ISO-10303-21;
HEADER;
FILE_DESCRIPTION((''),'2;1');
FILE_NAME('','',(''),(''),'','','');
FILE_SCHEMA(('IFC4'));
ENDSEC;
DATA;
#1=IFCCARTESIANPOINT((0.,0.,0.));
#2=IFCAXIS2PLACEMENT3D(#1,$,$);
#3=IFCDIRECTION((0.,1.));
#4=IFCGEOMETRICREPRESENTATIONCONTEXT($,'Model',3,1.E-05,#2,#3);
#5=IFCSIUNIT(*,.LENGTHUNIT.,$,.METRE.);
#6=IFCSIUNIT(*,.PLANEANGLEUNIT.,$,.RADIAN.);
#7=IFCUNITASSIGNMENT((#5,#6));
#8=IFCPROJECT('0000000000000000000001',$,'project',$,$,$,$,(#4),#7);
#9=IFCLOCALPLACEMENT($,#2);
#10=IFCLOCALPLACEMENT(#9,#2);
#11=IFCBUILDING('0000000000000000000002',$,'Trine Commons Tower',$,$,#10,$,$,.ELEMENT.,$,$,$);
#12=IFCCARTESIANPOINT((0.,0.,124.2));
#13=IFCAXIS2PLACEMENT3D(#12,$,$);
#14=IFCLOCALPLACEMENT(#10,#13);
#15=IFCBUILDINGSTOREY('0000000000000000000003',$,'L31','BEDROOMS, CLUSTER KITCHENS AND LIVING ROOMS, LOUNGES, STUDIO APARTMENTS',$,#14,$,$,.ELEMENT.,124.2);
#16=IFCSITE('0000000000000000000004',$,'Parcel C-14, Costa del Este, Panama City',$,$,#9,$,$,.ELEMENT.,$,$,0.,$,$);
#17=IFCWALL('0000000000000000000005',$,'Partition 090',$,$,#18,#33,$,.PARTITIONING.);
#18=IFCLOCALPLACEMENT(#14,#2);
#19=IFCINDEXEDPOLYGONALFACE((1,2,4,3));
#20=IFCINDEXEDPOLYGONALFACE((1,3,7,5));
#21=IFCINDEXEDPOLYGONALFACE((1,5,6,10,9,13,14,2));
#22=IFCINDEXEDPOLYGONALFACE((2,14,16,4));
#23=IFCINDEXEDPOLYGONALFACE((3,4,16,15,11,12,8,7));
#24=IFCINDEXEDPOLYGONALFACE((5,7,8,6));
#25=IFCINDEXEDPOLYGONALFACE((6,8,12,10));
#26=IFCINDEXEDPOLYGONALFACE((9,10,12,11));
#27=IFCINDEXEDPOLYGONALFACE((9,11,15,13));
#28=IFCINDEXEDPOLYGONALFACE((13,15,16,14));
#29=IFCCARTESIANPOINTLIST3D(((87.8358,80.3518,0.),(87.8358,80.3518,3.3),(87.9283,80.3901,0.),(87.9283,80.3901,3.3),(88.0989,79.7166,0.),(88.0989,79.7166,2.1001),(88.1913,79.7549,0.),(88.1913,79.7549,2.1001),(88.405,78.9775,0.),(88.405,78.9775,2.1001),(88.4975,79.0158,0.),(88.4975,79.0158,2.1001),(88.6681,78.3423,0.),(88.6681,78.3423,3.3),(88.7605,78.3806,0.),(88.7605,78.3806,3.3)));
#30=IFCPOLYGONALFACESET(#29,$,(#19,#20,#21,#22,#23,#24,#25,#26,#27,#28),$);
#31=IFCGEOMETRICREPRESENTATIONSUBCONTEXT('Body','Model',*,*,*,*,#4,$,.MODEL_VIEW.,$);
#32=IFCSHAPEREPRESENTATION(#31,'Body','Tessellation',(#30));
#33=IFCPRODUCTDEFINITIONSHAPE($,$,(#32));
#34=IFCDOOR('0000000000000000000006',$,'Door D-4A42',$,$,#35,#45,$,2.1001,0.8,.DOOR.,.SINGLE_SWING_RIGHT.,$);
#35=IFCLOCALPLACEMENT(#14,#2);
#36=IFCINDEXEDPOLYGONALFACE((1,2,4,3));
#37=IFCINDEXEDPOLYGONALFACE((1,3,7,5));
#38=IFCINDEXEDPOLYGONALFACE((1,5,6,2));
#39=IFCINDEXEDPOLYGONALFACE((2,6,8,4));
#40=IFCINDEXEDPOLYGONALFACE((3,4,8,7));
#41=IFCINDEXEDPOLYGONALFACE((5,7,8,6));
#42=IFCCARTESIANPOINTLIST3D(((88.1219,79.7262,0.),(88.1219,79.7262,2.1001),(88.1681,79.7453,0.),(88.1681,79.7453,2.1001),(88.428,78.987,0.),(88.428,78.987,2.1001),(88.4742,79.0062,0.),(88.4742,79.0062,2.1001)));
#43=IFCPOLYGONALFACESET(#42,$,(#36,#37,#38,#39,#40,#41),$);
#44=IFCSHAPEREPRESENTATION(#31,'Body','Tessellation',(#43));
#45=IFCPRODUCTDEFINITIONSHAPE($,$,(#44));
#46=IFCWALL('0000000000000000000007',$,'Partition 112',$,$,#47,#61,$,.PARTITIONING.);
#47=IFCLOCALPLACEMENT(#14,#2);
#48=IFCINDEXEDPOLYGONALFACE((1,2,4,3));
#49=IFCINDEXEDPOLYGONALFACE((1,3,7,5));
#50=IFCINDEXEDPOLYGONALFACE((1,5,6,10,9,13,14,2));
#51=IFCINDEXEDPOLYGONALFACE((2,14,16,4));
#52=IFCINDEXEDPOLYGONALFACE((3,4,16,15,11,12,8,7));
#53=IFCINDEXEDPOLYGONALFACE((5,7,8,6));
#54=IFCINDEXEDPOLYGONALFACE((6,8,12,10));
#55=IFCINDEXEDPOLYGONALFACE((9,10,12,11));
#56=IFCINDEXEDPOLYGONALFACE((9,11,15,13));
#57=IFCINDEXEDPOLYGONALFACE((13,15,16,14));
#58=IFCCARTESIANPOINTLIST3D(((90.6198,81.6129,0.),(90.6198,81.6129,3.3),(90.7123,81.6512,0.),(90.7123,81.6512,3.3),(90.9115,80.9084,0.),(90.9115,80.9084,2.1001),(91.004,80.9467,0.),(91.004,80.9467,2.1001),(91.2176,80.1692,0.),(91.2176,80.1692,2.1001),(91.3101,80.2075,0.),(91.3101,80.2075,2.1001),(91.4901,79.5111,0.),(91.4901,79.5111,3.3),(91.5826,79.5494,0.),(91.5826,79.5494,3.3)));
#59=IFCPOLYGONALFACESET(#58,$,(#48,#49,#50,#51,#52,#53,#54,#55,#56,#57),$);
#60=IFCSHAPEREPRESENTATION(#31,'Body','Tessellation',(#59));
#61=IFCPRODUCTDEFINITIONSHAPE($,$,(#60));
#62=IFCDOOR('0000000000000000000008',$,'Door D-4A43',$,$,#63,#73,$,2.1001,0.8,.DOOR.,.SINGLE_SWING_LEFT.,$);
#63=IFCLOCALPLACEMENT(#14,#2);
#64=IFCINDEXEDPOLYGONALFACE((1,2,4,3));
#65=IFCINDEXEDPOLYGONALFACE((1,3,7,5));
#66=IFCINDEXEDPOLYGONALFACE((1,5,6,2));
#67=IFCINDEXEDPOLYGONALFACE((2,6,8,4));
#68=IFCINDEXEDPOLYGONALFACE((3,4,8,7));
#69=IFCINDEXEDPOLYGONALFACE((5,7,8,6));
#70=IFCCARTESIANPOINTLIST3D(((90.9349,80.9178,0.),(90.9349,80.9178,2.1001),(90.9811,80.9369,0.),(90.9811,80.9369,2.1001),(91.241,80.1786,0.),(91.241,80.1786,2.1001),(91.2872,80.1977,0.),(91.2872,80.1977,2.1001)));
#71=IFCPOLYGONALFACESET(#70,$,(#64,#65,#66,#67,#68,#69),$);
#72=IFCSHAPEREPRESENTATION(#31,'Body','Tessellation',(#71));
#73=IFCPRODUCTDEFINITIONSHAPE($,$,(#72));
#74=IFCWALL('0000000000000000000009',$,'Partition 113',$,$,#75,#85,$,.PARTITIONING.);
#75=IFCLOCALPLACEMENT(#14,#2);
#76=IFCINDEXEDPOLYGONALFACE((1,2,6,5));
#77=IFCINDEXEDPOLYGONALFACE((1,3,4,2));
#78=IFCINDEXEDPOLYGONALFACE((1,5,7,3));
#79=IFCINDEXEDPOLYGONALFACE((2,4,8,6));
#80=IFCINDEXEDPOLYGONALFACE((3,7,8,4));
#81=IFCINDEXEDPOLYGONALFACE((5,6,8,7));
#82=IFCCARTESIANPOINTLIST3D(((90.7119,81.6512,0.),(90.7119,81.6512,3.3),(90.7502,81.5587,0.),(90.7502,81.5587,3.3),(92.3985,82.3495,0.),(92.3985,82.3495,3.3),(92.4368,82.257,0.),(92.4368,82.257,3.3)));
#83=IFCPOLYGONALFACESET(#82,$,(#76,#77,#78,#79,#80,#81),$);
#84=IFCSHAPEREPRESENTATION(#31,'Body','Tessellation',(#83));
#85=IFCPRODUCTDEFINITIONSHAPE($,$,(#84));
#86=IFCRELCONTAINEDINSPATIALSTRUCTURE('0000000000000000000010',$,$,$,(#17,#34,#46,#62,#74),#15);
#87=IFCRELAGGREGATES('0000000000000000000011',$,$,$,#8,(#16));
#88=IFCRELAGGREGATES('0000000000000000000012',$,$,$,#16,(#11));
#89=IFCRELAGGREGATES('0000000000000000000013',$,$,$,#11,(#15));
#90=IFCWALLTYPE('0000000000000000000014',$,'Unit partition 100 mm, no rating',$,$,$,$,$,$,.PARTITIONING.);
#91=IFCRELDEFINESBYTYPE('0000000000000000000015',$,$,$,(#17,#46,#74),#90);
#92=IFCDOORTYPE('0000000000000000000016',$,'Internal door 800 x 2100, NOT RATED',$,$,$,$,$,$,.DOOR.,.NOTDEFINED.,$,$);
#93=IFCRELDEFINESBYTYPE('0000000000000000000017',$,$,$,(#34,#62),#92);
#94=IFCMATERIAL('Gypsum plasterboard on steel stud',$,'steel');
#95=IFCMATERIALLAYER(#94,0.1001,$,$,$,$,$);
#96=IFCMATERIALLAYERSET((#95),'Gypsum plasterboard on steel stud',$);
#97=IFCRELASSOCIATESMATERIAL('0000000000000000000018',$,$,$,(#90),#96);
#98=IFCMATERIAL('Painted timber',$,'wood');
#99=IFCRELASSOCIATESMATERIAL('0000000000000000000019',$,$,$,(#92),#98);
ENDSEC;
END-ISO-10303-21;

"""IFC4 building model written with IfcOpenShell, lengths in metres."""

from ifc_helpers import new_model, si_unit, direction, frame, frame_2d, origin, place, context, subcontext, project, spatial, rectangle, extrude, material, layer, layer_set, type_object, element, fill, save


model = new_model("IFC4")

# Units and contexts
model_context = context("Model", 3, precision=1e-05, world=origin(), true_north=direction((0.0, 1.0)))
body_context = subcontext(model_context, "Body", "Model", "MODEL_VIEW")
ifc_project = project(units=[si_unit("LENGTHUNIT", "METRE"), si_unit("PLANEANGLEUNIT", "RADIAN")], contexts=[model_context])

# Site, building, storey
site_placement = place(None, origin())
site = spatial("IfcSite", under=ifc_project, at=site_placement, Name="Parcel C-14, Costa del Este, Panama City", CompositionType="ELEMENT", RefElevation=0.0)
building_placement = place(site_placement, origin())
building = spatial("IfcBuilding", under=site, at=building_placement, Name="Trine Commons Tower", CompositionType="ELEMENT")
storey_placement = place(building_placement, frame((0.0, 0.0, 124.2)))
storey = spatial("IfcBuildingStorey", under=building, at=storey_placement, Name="L31", Description="BEDROOMS, CLUSTER KITCHENS AND LIVING ROOMS, LOUNGES, STUDIO APARTMENTS", CompositionType="ELEMENT", Elevation=124.2)

# Shared definitions
ifc_material_1 = material(Name="Gypsum plasterboard on steel stud", Category="steel")

# Shared definitions
ifc_layer_1 = layer(ifc_material_1, 0.1001)
ifc_layer_set_1 = layer_set([ifc_layer_1], Name="Gypsum plasterboard on steel stud")
wall_type_1 = type_object("IfcWallType", Name="Unit partition 100 mm, no rating", PredefinedType="PARTITIONING", material=ifc_layer_set_1)

# Walls, openings, doors
wall_1_placement = place(storey_placement, frame((87.8821, 80.3708, 0.0), z_axis=(0.0, 0.0, 1.0), x_axis=(0.382646, -0.923895, 0.0)))
wall_1 = element("IfcWall", 1, at=wall_1_placement, inside=storey, type_object=wall_type_1, Name="Partition 090", PredefinedType="PARTITIONING", context=body_context, shape_type="SweptSolid", body=[
    extrude(rectangle(XDim=2.175, YDim=0.1001, at=frame_2d((1.0874, 0.0))), origin(), (0.0, 0.0, 1.0), 3.3),
])
opening_1_placement = place(wall_1_placement, frame((0.6875, 0.0, 0.0)))
opening_1 = element("IfcOpeningElement", 2, at=opening_1_placement, cuts=wall_1, PredefinedType="OPENING", context=body_context, shape_type="SweptSolid", body=[
    extrude(rectangle(XDim=0.8, YDim=2.1001, at=frame_2d((0.3999, 1.05))), frame((0.0, 0.0601, 0.0), z_axis=(0.0, -1.0, 0.0), x_axis=(1.0, 0.0, 0.0)), (0.0, 0.0, 1.0), 0.1201),
])
ifc_material_2 = material(Name="Painted timber", Category="wood")
door_type_1 = type_object("IfcDoorType", Name="Internal door 800 x 2100, NOT RATED", OperationType="NOTDEFINED", PredefinedType="DOOR", material=ifc_material_2)
door_1_placement = place(opening_1_placement, origin())
door_1 = element("IfcDoor", 3, at=door_1_placement, inside=storey, type_object=door_type_1, Name="Door D-4A42", OperationType="SINGLE_SWING_RIGHT", OverallHeight=2.1001, OverallWidth=0.8, PredefinedType="DOOR", context=body_context, shape_type="SweptSolid", body=[
    extrude(rectangle(XDim=0.8, YDim=2.1001, at=frame_2d((0.3999, 1.05))), frame((0.0, 0.0249, 0.0), z_axis=(0.0, -1.0, 0.0), x_axis=(1.0, 0.0, 0.0)), (0.0, 0.0, 1.0), 0.05),
])
fill(opening_1, door_1)
wall_2_placement = place(storey_placement, frame((90.666, 81.6321, 0.0), z_axis=(0.0, 0.0, 1.0), x_axis=(0.382595, -0.923916, 0.0)))
wall_2 = element("IfcWall", 4, at=wall_2_placement, inside=storey, type_object=wall_type_1, Name="Partition 112", PredefinedType="PARTITIONING", context=body_context, shape_type="SweptSolid", body=[
    extrude(rectangle(XDim=2.2749, YDim=0.1001, at=frame_2d((1.1375, 0.0))), origin(), (0.0, 0.0, 1.0), 3.3),
])
opening_2_placement = place(wall_2_placement, frame((0.7627, 0.0, 0.0)))
opening_2 = element("IfcOpeningElement", 5, at=opening_2_placement, cuts=wall_2, PredefinedType="OPENING", context=body_context, shape_type="SweptSolid", body=[
    extrude(rectangle(XDim=0.8, YDim=2.1001, at=frame_2d((0.3999, 1.05))), frame((0.0, 0.0601, 0.0), z_axis=(0.0, -1.0, 0.0), x_axis=(1.0, 0.0, 0.0)), (0.0, 0.0, 1.0), 0.1201),
])
door_2_placement = place(opening_2_placement, frame((0.8, 0.0, 0.0), z_axis=(0.0, 0.0, 1.0), x_axis=(-1.0, 0.0, 0.0)))
door_2 = element("IfcDoor", 6, at=door_2_placement, inside=storey, type_object=door_type_1, Name="Door D-4A43", OperationType="SINGLE_SWING_LEFT", OverallHeight=2.1001, OverallWidth=0.8, PredefinedType="DOOR", context=body_context, shape_type="SweptSolid", body=[
    extrude(rectangle(XDim=0.8, YDim=2.1001, at=frame_2d((0.3999, 1.05))), frame((0.0, 0.0249, 0.0), z_axis=(0.0, -1.0, 0.0), x_axis=(1.0, 0.0, 0.0)), (0.0, 0.0, 1.0), 0.05),
])
fill(opening_2, door_2)

# Wall
wall_3_placement = place(storey_placement, frame((90.7312, 81.605, 0.0), z_axis=(0.0, 0.0, 1.0), x_axis=(0.923945, 0.382525, 0.0)))
element("IfcWall", 7, at=wall_3_placement, inside=storey, type_object=wall_type_1, Name="Partition 113", PredefinedType="PARTITIONING", context=body_context, shape_type="SweptSolid", body=[
    extrude(rectangle(XDim=1.8254, YDim=0.1001, at=frame_2d((0.9126, 0.0))), origin(), (0.0, 0.0, 1.0), 3.3),
])

save(model, "model.ifc")
